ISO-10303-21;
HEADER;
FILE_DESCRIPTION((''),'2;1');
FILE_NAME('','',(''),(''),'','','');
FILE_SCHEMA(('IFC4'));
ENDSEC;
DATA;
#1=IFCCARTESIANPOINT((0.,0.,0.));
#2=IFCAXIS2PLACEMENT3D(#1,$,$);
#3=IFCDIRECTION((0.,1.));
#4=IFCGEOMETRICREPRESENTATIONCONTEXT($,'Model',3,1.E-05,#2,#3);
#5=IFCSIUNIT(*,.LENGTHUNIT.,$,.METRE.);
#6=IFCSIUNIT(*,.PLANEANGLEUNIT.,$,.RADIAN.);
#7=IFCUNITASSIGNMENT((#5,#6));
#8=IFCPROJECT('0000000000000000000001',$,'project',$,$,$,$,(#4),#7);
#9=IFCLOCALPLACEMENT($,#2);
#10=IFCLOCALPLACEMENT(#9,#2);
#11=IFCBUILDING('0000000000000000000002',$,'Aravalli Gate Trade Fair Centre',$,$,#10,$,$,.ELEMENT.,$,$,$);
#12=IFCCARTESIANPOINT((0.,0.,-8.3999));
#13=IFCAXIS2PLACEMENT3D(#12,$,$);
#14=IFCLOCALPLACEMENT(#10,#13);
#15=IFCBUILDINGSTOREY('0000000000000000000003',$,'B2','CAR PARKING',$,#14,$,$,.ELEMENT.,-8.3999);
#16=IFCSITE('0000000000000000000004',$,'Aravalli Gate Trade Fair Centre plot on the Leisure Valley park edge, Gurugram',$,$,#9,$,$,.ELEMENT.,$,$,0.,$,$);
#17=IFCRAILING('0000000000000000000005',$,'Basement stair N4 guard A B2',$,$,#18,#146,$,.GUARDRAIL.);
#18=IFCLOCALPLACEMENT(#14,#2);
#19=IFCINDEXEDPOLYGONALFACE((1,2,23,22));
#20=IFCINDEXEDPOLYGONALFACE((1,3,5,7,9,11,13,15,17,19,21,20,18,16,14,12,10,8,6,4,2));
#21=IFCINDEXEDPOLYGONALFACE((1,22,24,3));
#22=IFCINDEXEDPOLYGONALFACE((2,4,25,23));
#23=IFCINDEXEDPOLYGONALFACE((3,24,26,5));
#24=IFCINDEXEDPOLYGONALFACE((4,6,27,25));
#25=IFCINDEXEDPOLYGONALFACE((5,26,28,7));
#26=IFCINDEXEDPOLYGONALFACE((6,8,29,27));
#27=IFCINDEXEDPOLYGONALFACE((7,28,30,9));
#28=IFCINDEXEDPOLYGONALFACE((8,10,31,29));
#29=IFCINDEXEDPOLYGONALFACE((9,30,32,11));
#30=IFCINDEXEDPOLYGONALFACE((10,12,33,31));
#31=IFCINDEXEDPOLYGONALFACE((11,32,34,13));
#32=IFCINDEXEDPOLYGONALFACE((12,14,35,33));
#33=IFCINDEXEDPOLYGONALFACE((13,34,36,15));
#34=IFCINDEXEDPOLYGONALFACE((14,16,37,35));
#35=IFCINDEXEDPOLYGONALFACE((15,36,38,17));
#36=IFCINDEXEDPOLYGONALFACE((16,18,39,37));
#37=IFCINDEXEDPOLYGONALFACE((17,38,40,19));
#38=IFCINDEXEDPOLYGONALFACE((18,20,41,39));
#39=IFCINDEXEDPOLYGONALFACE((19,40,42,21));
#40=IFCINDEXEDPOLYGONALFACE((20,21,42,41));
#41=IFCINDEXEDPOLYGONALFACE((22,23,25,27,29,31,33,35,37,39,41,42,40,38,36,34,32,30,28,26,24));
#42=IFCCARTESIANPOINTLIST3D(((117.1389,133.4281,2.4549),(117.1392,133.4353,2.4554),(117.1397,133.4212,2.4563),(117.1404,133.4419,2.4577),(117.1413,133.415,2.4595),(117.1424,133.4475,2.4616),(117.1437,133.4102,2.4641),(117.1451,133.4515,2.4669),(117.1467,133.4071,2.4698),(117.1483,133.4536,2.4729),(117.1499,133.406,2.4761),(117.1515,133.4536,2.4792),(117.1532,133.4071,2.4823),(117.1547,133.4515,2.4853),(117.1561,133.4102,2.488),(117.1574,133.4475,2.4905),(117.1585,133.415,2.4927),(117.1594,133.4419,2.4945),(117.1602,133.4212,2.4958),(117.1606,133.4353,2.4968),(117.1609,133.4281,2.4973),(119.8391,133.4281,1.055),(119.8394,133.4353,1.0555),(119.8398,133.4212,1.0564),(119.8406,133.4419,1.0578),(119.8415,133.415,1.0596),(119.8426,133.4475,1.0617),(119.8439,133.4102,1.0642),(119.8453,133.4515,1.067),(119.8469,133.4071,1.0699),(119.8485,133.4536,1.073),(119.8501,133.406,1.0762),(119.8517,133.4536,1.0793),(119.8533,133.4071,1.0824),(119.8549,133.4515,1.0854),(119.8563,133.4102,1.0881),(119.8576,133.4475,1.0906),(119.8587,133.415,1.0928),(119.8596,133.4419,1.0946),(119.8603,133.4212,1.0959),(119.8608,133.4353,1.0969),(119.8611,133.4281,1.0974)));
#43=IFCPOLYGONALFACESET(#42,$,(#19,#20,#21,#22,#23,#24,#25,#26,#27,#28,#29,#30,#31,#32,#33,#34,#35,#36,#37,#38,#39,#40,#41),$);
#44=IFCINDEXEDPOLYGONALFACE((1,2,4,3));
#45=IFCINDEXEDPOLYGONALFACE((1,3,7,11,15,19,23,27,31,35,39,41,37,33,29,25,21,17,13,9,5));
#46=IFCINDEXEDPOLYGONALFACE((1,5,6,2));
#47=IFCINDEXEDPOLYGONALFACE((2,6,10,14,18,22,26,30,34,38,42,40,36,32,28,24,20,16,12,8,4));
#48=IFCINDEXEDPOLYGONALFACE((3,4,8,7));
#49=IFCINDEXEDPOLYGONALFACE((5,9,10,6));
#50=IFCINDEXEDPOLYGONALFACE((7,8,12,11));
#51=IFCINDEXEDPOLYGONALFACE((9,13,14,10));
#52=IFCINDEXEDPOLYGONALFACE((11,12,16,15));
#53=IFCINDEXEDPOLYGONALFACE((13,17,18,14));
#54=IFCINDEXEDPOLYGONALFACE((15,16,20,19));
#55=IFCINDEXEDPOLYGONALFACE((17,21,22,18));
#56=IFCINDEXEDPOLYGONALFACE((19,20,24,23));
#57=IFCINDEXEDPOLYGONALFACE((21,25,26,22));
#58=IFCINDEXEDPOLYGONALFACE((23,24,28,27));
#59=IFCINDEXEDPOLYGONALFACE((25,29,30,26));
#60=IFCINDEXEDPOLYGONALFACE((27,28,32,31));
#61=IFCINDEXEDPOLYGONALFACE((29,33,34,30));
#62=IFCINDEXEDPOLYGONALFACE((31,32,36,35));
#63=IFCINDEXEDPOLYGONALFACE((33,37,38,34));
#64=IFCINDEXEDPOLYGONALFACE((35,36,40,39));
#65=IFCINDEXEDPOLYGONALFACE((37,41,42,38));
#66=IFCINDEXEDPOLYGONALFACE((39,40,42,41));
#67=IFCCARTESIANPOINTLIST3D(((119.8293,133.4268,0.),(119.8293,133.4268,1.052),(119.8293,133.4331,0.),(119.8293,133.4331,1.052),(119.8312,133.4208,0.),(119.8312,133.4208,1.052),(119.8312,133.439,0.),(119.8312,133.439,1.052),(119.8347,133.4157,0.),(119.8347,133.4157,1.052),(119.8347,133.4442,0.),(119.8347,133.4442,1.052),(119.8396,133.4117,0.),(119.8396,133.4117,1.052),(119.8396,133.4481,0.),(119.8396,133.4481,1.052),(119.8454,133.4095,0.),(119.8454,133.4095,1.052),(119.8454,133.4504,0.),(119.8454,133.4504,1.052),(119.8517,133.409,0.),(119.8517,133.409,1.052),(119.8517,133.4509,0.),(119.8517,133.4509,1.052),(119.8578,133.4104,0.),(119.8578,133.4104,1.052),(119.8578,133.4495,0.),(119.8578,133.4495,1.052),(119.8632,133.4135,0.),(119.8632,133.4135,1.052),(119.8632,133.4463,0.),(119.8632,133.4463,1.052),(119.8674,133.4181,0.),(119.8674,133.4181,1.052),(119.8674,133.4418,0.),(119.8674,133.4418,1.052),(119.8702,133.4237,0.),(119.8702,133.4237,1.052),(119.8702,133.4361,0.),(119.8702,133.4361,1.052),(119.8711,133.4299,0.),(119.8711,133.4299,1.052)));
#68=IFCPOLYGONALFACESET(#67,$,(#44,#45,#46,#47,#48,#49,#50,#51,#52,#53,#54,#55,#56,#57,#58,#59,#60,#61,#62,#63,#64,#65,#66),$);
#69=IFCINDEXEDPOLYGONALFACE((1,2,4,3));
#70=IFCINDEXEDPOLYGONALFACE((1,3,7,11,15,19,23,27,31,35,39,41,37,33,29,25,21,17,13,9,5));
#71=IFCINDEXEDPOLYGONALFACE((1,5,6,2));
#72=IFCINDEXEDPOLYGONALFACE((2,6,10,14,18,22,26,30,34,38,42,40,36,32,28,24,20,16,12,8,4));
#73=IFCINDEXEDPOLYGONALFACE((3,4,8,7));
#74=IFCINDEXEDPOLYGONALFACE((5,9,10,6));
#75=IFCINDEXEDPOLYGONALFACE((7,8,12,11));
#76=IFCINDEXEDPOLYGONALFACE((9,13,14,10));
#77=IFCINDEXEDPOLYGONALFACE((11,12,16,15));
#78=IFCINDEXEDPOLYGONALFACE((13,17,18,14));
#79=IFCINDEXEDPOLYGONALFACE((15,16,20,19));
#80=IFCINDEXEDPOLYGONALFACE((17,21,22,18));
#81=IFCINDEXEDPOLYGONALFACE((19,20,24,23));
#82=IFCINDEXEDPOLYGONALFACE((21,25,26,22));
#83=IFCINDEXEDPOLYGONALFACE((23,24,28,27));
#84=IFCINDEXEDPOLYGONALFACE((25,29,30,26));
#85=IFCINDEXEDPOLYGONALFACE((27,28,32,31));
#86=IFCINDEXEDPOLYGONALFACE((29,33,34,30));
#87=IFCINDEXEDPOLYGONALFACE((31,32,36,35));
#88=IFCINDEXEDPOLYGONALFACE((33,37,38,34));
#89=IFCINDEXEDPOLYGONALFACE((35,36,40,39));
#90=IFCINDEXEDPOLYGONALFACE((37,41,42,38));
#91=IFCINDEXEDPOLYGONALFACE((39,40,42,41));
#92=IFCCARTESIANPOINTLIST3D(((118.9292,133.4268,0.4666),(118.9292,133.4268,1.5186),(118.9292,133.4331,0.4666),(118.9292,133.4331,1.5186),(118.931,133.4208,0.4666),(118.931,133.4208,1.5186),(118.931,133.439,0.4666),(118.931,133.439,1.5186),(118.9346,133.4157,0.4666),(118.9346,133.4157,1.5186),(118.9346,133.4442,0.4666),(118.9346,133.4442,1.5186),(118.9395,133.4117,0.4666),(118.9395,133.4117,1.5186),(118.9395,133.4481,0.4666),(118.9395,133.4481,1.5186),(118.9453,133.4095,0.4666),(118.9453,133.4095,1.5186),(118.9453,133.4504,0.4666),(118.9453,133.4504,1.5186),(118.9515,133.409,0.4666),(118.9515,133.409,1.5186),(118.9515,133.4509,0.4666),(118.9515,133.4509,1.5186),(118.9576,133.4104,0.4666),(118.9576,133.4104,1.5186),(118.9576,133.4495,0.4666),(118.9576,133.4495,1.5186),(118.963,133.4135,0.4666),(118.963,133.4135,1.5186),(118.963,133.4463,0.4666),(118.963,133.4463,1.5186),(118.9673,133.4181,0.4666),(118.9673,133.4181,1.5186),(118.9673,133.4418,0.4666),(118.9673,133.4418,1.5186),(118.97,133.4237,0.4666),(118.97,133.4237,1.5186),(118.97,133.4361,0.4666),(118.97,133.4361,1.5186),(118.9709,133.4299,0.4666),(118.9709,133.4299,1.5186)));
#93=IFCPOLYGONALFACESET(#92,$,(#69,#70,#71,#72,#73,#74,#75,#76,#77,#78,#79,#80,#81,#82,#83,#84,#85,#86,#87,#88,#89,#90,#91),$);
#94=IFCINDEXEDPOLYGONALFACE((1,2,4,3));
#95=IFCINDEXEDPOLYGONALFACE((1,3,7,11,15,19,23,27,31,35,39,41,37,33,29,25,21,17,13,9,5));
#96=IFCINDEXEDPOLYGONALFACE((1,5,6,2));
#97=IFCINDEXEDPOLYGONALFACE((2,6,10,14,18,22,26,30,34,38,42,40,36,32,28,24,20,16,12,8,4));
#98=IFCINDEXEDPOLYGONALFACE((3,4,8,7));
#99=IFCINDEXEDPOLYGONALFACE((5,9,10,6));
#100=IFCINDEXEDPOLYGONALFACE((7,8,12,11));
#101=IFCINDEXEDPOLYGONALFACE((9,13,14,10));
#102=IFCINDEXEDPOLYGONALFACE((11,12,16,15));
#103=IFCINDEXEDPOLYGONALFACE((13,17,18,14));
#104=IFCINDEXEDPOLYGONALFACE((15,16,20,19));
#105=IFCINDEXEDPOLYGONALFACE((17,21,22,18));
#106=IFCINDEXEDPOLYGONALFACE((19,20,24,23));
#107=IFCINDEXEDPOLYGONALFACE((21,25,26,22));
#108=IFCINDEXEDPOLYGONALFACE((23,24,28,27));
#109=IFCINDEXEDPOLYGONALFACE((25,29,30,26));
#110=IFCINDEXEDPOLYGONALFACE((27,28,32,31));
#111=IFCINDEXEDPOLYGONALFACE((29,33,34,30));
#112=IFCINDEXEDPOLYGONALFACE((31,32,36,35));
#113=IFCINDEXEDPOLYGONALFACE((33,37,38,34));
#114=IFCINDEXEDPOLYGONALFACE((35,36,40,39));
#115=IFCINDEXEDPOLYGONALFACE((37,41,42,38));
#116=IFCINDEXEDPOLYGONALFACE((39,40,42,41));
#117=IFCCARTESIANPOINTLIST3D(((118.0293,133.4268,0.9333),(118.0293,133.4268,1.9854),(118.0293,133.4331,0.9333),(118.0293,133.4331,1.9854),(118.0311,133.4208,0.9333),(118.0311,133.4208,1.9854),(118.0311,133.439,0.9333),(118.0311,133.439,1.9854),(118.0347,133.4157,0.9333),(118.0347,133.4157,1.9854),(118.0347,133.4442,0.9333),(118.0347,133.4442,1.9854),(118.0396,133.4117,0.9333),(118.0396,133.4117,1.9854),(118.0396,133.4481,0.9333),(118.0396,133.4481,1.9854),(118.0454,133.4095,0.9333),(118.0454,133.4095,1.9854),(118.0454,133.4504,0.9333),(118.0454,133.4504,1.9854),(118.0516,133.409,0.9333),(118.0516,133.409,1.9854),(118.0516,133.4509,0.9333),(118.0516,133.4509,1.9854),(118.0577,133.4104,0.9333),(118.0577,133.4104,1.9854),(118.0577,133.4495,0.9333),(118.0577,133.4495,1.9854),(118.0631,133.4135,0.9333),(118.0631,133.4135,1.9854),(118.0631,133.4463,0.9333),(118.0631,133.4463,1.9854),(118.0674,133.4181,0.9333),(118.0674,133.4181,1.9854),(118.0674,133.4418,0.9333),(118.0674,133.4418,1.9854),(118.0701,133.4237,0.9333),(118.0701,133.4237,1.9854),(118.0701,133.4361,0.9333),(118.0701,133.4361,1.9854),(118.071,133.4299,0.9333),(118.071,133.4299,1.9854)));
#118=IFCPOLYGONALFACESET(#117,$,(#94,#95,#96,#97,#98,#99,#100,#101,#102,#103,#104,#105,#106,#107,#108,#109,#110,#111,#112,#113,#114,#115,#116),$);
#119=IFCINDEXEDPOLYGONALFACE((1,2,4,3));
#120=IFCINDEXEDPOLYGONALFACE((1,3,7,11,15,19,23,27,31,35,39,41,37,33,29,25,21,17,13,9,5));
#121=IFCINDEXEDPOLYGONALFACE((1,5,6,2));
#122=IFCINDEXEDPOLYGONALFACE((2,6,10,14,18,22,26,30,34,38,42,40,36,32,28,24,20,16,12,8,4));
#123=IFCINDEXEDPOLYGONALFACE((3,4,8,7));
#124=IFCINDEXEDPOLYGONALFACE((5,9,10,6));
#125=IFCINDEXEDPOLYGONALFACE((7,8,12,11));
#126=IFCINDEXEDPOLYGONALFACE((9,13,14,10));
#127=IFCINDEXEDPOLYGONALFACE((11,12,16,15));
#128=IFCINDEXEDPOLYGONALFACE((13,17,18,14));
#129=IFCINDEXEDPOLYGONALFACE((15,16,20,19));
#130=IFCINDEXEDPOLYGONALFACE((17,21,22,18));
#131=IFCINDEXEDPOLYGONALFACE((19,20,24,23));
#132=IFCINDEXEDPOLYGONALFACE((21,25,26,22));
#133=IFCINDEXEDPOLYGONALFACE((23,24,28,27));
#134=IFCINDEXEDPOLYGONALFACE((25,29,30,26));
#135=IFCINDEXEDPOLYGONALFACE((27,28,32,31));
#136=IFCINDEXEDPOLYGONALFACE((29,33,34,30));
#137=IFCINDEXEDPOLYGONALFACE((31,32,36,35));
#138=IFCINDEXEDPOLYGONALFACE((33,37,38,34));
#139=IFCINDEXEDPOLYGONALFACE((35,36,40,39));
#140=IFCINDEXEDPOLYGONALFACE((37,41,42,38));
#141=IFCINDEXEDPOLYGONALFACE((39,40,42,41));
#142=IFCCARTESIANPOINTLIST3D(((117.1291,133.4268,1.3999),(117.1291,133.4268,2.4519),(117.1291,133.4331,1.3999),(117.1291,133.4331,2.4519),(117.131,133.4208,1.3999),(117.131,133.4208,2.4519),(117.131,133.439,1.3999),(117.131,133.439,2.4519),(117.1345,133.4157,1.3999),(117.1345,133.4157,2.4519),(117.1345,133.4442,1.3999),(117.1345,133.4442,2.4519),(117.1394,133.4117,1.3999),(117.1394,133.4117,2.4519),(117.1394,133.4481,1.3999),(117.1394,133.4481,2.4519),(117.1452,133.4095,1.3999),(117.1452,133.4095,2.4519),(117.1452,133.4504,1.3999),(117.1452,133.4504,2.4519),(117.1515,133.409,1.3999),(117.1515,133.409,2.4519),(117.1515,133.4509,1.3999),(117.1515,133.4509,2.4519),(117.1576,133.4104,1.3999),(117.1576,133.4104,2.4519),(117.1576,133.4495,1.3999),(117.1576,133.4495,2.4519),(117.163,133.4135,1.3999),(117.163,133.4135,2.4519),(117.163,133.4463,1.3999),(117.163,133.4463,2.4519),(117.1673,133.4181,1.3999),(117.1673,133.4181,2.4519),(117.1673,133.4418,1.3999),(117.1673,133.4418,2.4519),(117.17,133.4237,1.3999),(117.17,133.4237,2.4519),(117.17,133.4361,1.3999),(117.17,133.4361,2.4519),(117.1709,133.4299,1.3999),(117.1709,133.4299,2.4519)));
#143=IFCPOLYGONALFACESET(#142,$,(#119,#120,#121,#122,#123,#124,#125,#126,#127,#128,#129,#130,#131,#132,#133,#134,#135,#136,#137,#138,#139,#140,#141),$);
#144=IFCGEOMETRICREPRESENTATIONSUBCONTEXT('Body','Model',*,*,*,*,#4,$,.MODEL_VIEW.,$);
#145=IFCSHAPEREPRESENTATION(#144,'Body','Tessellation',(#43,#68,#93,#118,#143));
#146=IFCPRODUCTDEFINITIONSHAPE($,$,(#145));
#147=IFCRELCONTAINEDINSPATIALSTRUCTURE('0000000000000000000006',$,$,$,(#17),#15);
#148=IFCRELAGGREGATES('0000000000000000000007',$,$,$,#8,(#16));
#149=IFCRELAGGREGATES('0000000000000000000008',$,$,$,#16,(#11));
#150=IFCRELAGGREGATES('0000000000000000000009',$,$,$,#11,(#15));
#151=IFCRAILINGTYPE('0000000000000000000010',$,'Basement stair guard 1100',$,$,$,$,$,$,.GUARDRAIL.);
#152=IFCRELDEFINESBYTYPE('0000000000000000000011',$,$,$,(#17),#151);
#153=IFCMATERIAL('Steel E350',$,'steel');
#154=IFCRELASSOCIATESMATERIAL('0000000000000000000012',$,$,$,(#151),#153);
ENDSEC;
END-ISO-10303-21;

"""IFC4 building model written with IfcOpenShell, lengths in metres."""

from ifc_helpers import new_model, si_unit, direction, frame, origin, origin_2d, place, context, subcontext, project, spatial, circle, extrude, material, type_object, element, save


model = new_model("IFC4")

# Units and contexts
model_context = context("Model", 3, precision=1e-05, world=origin(), true_north=direction((0.0, 1.0)))
body_context = subcontext(model_context, "Body", "Model", "MODEL_VIEW")
ifc_project = project(units=[si_unit("LENGTHUNIT", "METRE"), si_unit("PLANEANGLEUNIT", "RADIAN")], contexts=[model_context])

# Site, building, storey
site_placement = place(None, origin())
site = spatial("IfcSite", under=ifc_project, at=site_placement, Name="Aravalli Gate Trade Fair Centre plot on the Leisure Valley park edge, Gurugram", CompositionType="ELEMENT", RefElevation=0.0)
building_placement = place(site_placement, origin())
building = spatial("IfcBuilding", under=site, at=building_placement, Name="Aravalli Gate Trade Fair Centre", CompositionType="ELEMENT")
storey_placement = place(building_placement, frame((0.0, 0.0, -8.3999)))
storey = spatial("IfcBuildingStorey", under=building, at=storey_placement, Name="B2", Description="CAR PARKING", CompositionType="ELEMENT", Elevation=-8.3999)

# Railing
ifc_material_1 = material(Name="Steel E350", Category="steel")
railing_type_1 = type_object("IfcRailingType", Name="Basement stair guard 1100", PredefinedType="GUARDRAIL", material=ifc_material_1)
railing_1_placement = place(storey_placement, frame((119.8501, 133.4299, 0.0)))
element("IfcRailing", 1, at=railing_1_placement, inside=storey, type_object=railing_type_1, Name="Basement stair N4 guard A B2", PredefinedType="GUARDRAIL", context=body_context, shape_type="SweptSolid", body=[
    extrude(circle(Radius=0.0239, at=origin_2d()), frame((0.0, 0.0, 1.0762), z_axis=(-0.887781, 0.0, 0.460266), x_axis=(0.0, -1.0, 0.0)), (0.0, 0.0, 1.0), 3.0415),
    extrude(circle(Radius=0.021, at=origin_2d()), origin(), (0.0, 0.0, 1.0), 1.052),
    extrude(circle(Radius=0.021, at=origin_2d()), frame((-0.9001, 0.0, 0.4666)), (0.0, 0.0, 1.0), 1.052),
    extrude(circle(Radius=0.021, at=origin_2d()), frame((-1.8, 0.0, 0.9333)), (0.0, 0.0, 1.0), 1.052),
    extrude(circle(Radius=0.021, at=origin_2d()), frame((-2.7002, 0.0, 1.3999)), (0.0, 0.0, 1.0), 1.052),
])

save(model, "model.ifc")
